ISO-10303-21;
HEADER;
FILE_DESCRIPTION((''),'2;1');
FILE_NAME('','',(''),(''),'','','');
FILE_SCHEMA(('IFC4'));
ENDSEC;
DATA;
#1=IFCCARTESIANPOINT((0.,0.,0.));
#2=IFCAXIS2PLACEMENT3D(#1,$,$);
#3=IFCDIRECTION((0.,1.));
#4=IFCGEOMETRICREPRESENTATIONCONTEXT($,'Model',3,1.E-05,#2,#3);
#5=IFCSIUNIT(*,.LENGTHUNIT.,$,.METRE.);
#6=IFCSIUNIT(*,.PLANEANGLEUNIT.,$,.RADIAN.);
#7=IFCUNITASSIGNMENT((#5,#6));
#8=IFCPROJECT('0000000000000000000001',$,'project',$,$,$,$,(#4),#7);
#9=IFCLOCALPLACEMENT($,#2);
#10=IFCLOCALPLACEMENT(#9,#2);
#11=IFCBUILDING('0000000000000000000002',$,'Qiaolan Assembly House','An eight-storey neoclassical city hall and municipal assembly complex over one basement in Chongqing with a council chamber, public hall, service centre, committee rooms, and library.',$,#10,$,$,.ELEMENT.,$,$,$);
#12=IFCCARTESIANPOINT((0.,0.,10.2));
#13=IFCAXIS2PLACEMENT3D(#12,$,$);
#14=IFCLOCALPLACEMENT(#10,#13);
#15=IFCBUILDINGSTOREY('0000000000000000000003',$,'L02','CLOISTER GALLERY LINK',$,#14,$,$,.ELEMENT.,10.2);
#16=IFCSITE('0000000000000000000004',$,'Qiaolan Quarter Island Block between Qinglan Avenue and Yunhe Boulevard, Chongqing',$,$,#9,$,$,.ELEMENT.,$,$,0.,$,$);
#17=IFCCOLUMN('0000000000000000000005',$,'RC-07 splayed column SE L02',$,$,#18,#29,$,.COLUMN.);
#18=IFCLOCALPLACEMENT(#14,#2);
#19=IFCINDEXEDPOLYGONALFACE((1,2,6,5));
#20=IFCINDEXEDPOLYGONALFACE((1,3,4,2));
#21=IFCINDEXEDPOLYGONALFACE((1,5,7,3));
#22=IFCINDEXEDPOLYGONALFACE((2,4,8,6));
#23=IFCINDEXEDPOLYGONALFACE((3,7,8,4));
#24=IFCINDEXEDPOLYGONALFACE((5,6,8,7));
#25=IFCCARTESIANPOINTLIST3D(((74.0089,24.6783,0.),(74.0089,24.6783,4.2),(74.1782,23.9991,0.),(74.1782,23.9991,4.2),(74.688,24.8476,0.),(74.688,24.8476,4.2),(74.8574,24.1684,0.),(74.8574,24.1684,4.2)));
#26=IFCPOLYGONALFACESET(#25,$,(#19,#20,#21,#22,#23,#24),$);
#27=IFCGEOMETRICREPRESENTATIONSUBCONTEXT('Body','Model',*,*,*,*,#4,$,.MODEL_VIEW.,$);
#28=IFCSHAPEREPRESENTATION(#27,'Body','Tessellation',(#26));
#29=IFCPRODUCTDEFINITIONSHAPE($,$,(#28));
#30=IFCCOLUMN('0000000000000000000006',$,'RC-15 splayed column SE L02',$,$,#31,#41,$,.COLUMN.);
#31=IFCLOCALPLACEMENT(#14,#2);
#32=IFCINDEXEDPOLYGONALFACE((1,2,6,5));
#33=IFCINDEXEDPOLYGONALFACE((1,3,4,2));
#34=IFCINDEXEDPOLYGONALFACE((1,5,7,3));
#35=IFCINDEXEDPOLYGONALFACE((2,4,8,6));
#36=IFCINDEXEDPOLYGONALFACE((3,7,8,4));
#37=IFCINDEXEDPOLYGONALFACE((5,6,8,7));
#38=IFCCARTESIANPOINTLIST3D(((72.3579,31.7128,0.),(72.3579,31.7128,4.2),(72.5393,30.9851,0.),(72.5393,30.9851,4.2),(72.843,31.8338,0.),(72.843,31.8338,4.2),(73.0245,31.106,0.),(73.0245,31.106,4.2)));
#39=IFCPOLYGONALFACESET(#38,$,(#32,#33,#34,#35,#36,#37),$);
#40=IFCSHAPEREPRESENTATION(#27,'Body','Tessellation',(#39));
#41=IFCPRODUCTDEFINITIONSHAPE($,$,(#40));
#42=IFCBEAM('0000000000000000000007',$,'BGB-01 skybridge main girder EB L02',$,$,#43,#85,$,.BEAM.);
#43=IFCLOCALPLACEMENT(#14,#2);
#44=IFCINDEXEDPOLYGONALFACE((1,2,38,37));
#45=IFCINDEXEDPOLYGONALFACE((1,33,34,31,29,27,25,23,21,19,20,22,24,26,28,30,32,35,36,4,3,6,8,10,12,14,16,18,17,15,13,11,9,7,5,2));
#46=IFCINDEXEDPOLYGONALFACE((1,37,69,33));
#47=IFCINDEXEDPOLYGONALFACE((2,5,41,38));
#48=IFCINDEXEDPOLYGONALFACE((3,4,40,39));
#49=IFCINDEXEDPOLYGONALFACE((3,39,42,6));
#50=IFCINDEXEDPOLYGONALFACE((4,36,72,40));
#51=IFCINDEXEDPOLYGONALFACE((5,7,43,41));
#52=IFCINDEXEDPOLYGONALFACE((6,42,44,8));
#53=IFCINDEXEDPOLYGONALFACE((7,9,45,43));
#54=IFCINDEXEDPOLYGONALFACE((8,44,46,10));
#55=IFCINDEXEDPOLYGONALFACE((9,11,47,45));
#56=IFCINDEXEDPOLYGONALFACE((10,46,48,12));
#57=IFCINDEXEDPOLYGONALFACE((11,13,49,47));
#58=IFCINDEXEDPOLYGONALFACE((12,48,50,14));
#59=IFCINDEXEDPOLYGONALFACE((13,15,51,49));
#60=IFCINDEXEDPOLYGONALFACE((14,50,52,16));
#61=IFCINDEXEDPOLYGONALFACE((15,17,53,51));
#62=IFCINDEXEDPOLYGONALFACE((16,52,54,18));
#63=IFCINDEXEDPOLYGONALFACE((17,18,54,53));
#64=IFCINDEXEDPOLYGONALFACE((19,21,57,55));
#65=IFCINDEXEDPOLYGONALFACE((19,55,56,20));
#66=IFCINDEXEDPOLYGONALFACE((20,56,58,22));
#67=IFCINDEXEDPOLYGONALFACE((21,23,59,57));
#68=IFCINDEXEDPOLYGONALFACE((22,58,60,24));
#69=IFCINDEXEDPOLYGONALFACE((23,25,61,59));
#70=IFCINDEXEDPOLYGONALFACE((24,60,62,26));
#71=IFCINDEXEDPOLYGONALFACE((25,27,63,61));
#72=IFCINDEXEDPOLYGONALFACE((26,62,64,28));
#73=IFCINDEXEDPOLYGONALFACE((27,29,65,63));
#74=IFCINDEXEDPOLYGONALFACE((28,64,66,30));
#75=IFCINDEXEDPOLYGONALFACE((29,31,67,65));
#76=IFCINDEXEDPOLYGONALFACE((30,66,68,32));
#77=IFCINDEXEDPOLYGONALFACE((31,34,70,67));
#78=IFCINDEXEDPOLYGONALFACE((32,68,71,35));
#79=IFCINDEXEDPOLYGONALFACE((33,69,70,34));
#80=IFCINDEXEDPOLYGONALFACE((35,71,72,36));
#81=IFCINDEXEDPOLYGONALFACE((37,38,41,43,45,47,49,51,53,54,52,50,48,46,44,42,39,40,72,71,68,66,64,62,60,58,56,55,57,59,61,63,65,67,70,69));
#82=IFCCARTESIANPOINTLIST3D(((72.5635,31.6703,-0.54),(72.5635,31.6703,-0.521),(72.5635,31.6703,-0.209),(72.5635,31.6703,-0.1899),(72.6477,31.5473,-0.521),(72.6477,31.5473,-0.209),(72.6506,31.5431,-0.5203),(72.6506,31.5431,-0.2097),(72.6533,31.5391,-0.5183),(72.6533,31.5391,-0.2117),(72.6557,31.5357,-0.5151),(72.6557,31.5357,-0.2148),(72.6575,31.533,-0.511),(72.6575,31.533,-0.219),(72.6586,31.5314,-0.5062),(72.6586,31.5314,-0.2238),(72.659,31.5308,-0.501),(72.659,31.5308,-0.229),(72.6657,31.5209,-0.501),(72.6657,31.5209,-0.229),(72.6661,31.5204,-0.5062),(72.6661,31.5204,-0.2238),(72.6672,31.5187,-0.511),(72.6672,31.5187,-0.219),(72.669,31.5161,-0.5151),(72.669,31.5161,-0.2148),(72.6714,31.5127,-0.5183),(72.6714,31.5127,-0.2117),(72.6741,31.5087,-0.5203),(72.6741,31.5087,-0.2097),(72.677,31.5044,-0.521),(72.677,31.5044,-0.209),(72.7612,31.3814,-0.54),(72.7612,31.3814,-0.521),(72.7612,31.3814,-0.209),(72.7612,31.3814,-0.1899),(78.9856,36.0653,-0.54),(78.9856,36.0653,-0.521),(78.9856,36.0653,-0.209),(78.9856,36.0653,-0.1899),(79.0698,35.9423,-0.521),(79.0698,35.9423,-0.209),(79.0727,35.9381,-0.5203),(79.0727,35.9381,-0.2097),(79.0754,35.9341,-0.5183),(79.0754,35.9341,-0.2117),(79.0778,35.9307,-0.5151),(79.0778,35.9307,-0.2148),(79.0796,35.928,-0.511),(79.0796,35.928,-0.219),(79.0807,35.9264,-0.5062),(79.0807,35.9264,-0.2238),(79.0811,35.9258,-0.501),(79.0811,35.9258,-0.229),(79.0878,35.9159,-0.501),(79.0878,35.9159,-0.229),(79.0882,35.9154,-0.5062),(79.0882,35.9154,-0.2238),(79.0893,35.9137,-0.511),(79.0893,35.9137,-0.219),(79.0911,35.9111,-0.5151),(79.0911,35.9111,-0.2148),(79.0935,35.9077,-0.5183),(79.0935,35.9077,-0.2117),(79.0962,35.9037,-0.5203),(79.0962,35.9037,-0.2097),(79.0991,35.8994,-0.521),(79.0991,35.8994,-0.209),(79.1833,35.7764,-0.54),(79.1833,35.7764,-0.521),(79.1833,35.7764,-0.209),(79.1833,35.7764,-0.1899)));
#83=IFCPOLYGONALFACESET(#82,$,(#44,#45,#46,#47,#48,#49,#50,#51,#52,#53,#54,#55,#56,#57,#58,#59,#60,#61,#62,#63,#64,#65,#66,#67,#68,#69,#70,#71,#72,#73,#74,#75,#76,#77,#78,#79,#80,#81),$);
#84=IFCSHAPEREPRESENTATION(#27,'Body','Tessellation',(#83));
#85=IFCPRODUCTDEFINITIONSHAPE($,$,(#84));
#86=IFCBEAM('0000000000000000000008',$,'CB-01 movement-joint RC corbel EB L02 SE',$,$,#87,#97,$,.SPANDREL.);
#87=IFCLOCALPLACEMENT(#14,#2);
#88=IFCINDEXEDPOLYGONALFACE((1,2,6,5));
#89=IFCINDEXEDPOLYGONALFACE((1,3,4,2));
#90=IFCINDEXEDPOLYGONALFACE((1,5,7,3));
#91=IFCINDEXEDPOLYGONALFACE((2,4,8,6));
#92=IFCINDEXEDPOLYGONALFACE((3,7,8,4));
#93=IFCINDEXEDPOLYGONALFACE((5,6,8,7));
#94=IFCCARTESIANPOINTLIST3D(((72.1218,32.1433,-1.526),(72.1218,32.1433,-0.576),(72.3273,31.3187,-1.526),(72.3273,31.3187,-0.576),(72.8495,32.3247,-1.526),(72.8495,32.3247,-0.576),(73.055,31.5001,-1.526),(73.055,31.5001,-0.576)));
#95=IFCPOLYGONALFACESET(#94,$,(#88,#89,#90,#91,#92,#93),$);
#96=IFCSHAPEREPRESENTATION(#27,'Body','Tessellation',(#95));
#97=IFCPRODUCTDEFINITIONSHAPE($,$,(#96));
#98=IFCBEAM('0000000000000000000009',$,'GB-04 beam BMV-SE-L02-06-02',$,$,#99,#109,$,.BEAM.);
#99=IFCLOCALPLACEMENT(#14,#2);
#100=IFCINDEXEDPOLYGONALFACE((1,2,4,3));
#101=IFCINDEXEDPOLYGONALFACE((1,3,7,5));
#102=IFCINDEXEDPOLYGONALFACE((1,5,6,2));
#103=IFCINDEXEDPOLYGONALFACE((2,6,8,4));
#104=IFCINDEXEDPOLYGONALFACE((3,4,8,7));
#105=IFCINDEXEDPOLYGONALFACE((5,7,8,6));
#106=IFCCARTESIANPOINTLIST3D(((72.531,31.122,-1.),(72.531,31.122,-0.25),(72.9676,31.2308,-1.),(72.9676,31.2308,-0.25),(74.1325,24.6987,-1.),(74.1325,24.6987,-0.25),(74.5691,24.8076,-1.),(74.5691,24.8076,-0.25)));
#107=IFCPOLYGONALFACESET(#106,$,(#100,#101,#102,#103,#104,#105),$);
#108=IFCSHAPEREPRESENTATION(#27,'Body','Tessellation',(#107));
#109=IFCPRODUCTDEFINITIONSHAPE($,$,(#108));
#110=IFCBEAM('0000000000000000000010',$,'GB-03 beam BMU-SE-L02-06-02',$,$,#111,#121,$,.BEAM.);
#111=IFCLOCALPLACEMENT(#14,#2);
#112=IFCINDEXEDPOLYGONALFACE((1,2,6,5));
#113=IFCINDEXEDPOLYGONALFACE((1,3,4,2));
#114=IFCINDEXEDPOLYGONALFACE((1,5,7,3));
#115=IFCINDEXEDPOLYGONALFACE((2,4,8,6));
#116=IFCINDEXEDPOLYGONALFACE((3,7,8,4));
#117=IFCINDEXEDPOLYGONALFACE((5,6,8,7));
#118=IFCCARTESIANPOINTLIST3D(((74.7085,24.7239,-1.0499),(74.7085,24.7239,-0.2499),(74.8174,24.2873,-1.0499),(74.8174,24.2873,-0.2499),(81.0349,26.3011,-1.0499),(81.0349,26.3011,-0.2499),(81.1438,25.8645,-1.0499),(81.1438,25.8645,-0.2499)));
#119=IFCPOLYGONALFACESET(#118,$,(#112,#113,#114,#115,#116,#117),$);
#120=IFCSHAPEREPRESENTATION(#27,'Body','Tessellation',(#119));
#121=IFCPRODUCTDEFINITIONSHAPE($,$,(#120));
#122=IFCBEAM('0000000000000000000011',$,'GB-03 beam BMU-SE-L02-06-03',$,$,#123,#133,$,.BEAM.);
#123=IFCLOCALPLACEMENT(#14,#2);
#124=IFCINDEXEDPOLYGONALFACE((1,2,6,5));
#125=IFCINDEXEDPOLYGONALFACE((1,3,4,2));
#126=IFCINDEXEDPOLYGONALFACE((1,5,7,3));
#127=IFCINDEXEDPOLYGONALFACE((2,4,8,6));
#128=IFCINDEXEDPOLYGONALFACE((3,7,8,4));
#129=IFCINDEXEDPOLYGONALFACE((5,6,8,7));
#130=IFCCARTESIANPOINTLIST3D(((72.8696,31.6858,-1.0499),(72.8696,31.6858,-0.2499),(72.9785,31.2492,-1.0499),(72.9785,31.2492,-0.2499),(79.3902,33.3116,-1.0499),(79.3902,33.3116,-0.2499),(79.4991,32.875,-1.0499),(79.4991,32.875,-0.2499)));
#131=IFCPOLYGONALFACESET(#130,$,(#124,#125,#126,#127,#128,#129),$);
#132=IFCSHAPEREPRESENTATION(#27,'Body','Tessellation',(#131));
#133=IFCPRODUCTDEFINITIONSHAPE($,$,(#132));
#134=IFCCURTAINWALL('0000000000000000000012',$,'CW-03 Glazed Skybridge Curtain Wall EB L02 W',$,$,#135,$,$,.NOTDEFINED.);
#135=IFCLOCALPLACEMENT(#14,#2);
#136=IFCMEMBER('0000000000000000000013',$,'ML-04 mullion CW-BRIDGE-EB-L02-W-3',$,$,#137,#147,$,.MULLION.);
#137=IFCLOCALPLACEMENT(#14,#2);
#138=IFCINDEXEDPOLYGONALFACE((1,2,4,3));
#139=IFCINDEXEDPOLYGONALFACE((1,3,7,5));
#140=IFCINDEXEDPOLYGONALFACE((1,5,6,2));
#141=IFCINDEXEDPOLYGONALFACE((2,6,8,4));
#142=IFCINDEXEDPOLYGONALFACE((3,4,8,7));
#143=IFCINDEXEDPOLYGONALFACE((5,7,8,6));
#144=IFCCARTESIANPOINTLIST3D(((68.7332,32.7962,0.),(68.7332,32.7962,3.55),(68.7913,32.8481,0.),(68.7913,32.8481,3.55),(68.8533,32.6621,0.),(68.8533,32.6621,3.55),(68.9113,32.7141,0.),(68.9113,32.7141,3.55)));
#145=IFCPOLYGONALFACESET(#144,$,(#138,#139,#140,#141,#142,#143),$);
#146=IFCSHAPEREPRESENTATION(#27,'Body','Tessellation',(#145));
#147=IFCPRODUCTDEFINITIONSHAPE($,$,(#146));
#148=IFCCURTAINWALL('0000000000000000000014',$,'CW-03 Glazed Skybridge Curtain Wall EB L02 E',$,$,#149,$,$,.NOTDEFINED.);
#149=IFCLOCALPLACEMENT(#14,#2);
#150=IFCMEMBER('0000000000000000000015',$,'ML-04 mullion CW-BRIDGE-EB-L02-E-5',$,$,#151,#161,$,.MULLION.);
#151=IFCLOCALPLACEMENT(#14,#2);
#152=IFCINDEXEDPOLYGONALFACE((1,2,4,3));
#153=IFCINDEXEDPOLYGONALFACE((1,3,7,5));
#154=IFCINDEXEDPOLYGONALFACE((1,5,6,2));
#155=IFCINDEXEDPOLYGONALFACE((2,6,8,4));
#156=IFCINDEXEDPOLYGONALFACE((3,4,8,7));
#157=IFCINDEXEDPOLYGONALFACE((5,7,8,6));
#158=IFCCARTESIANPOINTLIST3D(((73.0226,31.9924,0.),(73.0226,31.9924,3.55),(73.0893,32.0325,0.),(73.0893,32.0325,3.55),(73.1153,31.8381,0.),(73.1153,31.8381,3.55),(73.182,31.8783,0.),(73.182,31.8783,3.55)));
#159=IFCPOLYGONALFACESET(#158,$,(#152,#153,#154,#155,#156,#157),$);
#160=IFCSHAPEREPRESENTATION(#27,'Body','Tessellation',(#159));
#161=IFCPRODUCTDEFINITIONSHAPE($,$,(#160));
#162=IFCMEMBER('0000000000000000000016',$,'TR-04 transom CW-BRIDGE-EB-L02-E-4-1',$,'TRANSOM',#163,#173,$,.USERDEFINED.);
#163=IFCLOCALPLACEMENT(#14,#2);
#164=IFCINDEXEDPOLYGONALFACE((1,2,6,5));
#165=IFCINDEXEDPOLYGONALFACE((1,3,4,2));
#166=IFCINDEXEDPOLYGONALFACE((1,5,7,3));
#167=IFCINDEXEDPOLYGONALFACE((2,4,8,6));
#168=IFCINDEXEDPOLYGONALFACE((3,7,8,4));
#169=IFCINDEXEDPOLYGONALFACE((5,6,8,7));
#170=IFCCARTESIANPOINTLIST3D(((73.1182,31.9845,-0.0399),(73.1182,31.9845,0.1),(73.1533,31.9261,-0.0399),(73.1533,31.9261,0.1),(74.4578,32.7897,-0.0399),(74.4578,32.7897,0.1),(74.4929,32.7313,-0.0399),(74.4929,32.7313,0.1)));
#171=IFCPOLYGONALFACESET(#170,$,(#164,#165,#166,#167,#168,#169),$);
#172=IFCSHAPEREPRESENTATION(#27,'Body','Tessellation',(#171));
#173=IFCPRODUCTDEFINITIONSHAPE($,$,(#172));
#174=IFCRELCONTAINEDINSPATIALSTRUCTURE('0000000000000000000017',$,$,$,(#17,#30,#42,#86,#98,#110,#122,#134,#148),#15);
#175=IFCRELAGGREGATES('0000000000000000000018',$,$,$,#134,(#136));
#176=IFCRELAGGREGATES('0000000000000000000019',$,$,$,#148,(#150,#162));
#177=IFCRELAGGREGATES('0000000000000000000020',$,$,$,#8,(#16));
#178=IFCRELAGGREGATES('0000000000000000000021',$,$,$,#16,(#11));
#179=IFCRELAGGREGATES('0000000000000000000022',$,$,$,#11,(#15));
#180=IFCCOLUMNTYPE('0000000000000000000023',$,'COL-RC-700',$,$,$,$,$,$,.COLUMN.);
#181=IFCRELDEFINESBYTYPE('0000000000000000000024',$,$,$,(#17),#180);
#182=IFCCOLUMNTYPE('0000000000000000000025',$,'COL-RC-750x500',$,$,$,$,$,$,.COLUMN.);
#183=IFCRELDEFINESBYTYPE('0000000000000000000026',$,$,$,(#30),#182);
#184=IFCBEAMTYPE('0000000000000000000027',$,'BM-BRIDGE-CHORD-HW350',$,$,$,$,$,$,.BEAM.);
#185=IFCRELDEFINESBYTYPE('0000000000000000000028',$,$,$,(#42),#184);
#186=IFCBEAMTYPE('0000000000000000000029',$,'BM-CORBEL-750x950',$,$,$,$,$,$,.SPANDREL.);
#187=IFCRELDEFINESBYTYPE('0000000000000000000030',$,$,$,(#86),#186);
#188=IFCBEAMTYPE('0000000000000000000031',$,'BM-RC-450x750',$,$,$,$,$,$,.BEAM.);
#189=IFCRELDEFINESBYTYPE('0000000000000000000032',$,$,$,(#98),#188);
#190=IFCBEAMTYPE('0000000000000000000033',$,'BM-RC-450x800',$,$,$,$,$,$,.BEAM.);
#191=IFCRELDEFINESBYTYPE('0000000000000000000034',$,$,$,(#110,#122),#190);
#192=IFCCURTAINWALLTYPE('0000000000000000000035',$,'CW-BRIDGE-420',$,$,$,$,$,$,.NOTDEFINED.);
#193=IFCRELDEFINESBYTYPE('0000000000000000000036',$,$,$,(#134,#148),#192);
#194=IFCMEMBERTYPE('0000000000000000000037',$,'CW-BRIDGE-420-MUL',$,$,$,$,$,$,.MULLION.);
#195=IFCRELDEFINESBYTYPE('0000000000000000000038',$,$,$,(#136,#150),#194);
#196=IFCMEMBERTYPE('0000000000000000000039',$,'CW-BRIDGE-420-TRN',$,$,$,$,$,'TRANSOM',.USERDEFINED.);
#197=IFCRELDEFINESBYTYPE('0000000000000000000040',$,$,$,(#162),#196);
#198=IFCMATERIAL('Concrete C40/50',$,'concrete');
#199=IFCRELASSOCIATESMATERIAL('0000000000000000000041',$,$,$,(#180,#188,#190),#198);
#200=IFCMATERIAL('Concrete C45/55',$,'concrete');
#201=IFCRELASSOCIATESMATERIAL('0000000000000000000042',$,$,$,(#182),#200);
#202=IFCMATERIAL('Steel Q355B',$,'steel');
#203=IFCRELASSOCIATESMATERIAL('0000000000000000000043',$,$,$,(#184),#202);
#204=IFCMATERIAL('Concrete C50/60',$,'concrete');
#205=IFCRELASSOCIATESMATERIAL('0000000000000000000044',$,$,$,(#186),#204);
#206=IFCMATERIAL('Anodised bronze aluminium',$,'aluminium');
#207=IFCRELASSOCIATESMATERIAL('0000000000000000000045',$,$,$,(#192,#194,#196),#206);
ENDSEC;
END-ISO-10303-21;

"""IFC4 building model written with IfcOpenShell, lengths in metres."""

from ifc_helpers import new_model, si_unit, direction, frame, origin, origin_2d, place, context, subcontext, project, spatial, rectangle, i_section, extrude, material, material_profile, profile_set, type_object, element, aggregate, save


model = new_model("IFC4")

# Units and contexts
model_context = context("Model", 3, precision=1e-05, world=origin(), true_north=direction((0.0, 1.0)))
body_context = subcontext(model_context, "Body", "Model", "MODEL_VIEW")
ifc_project = project(units=[si_unit("LENGTHUNIT", "METRE"), si_unit("PLANEANGLEUNIT", "RADIAN")], contexts=[model_context])

# Site, building, storey
site_placement = place(None, origin())
site = spatial("IfcSite", under=ifc_project, at=site_placement, Name="Qiaolan Quarter Island Block between Qinglan Avenue and Yunhe Boulevard, Chongqing", CompositionType="ELEMENT", RefElevation=0.0)
building_placement = place(site_placement, origin())
building = spatial("IfcBuilding", under=site, at=building_placement, Name="Qiaolan Assembly House", Description="An eight-storey neoclassical city hall and municipal assembly complex over one basement in Chongqing with a council chamber, public hall, service centre, committee rooms, and library.", CompositionType="ELEMENT")
storey_placement = place(building_placement, frame((0.0, 0.0, 10.2)))
storey = spatial("IfcBuildingStorey", under=building, at=storey_placement, Name="L02", Description="CLOISTER GALLERY LINK", CompositionType="ELEMENT", Elevation=10.2)

# Columns
ifc_material_1 = material(Name="Concrete C40/50", Category="concrete")
ifc_material_profile_1 = material_profile(ifc_material_1, rectangle(XDim=0.7, YDim=0.7, at=origin_2d()), Name="RC 700x700")
ifc_profile_set_1 = profile_set([ifc_material_profile_1], Name="Concrete C40/50")
column_type_1 = type_object("IfcColumnType", Name="COL-RC-700", PredefinedType="COLUMN", material=ifc_profile_set_1)
column_1_placement = place(storey_placement, frame((74.4331, 24.4233, 0.0), z_axis=(0.0, 0.0, 1.0), x_axis=(0.970296, 0.241922, 0.0)))
element("IfcColumn", 1, at=column_1_placement, inside=storey, type_object=column_type_1, Name="RC-07 splayed column SE L02", PredefinedType="COLUMN", context=body_context, shape_type="SweptSolid", body=[
    extrude(rectangle(XDim=0.7, YDim=0.7, at=origin_2d()), origin(), (0.0, 0.0, 1.0), 4.2),
])
ifc_material_2 = material(Name="Concrete C45/55", Category="concrete")
ifc_material_profile_2 = material_profile(ifc_material_2, rectangle(XDim=0.5, YDim=0.75, at=origin_2d()), Name="RC 750x500")
ifc_profile_set_2 = profile_set([ifc_material_profile_2], Name="Concrete C45/55")
column_type_2 = type_object("IfcColumnType", Name="COL-RC-750x500", PredefinedType="COLUMN", material=ifc_profile_set_2)
column_2_placement = place(storey_placement, frame((72.6912, 31.4094, 0.0), z_axis=(0.0, 0.0, 1.0), x_axis=(0.970296, 0.241922, 0.0)))
element("IfcColumn", 2, at=column_2_placement, inside=storey, type_object=column_type_2, Name="RC-15 splayed column SE L02", PredefinedType="COLUMN", context=body_context, shape_type="SweptSolid", body=[
    extrude(rectangle(XDim=0.5, YDim=0.75, at=origin_2d()), origin(), (0.0, 0.0, 1.0), 4.2),
])

# Beams
ifc_material_3 = material(Name="Steel Q355B", Category="steel")
ifc_material_profile_3 = material_profile(ifc_material_3, i_section(OverallWidth=0.3501, OverallDepth=0.3501, WebThickness=0.012, FlangeThickness=0.019, FilletRadius=0.02, at=origin_2d()), Name="HW 350x350x12x19-BR")
ifc_profile_set_3 = profile_set([ifc_material_profile_3], Name="Steel Q355B")
beam_type_1 = type_object("IfcBeamType", Name="BM-BRIDGE-CHORD-HW350", PredefinedType="BEAM", material=ifc_profile_set_3)
beam_1_placement = place(storey_placement, frame((72.6624, 31.5259, -0.365), z_axis=(0.825251, 0.564766, 0.0), x_axis=(-0.564766, 0.825251, 0.0)))
element("IfcBeam", 3, at=beam_1_placement, inside=storey, type_object=beam_type_1, Name="BGB-01 skybridge main girder EB L02", PredefinedType="BEAM", context=body_context, shape_type="SweptSolid", body=[
    extrude(i_section(OverallWidth=0.3501, OverallDepth=0.3501, WebThickness=0.012, FlangeThickness=0.019, FilletRadius=0.02, at=origin_2d()), origin(), (0.0, 0.0, 1.0), 7.782),
])
ifc_material_4 = material(Name="Concrete C50/60", Category="concrete")
ifc_material_profile_4 = material_profile(ifc_material_4, rectangle(XDim=0.75, YDim=0.95, at=origin_2d()), Name="RCB 750x950")
ifc_profile_set_4 = profile_set([ifc_material_profile_4], Name="Concrete C50/60")
beam_type_2 = type_object("IfcBeamType", Name="BM-CORBEL-750x950", PredefinedType="SPANDREL", material=ifc_profile_set_4)
beam_2_placement = place(storey_placement, frame((72.6912, 31.4094, -1.051), z_axis=(-0.24186, 0.970311, 0.0), x_axis=(-0.970311, -0.24186, 0.0)))
element("IfcBeam", 4, at=beam_2_placement, inside=storey, type_object=beam_type_2, Name="CB-01 movement-joint RC corbel EB L02 SE", PredefinedType="SPANDREL", context=body_context, shape_type="SweptSolid", body=[
    extrude(rectangle(XDim=0.75, YDim=0.95, at=origin_2d()), origin(), (0.0, 0.0, 1.0), 0.8499),
])
ifc_material_profile_5 = material_profile(ifc_material_1, rectangle(XDim=0.45, YDim=0.75, at=origin_2d()), Name="RCB 450x750")
ifc_profile_set_5 = profile_set([ifc_material_profile_5], Name="Concrete C40/50")
beam_type_3 = type_object("IfcBeamType", Name="BM-RC-450x750", PredefinedType="BEAM", material=ifc_profile_set_5)
beam_3_placement = place(storey_placement, frame((74.3508, 24.7532, -0.625), z_axis=(-0.241928, 0.970294, 0.0), x_axis=(-0.970294, -0.241928, 0.0)))
element("IfcBeam", 5, at=beam_3_placement, inside=storey, type_object=beam_type_3, Name="GB-04 beam BMV-SE-L02-06-02", PredefinedType="BEAM", context=body_context, shape_type="SweptSolid", body=[
    extrude(rectangle(XDim=0.45, YDim=0.75, at=origin_2d()), origin(), (0.0, 0.0, 1.0), 6.6199),
])
ifc_material_profile_6 = material_profile(ifc_material_1, rectangle(XDim=0.45, YDim=0.8, at=origin_2d()), Name="RCB 450x800")
ifc_profile_set_6 = profile_set([ifc_material_profile_6], Name="Concrete C40/50")
beam_type_4 = type_object("IfcBeamType", Name="BM-RC-450x800", PredefinedType="BEAM", material=ifc_profile_set_6)
beam_4_placement = place(storey_placement, frame((74.7629, 24.5056, -0.6499), z_axis=(0.970303, 0.241892, 0.0), x_axis=(-0.241892, 0.970303, 0.0)))
element("IfcBeam", 6, at=beam_4_placement, inside=storey, type_object=beam_type_4, Name="GB-03 beam BMU-SE-L02-06-02", PredefinedType="BEAM", context=body_context, shape_type="SweptSolid", body=[
    extrude(rectangle(XDim=0.45, YDim=0.8, at=origin_2d()), origin(), (0.0, 0.0, 1.0), 6.52),
])
beam_5_placement = place(storey_placement, frame((72.9241, 31.4675, -0.6499), z_axis=(0.970296, 0.24192, 0.0), x_axis=(-0.24192, 0.970296, 0.0)))
element("IfcBeam", 7, at=beam_5_placement, inside=storey, type_object=beam_type_4, Name="GB-03 beam BMU-SE-L02-06-03", PredefinedType="BEAM", context=body_context, shape_type="SweptSolid", body=[
    extrude(rectangle(XDim=0.45, YDim=0.8, at=origin_2d()), origin(), (0.0, 0.0, 1.0), 6.7202),
])

# Curtain wall, member
ifc_material_5 = material(Name="Anodised bronze aluminium", Category="aluminium")
curtain_wall_type = type_object("IfcCurtainWallType", Name="CW-BRIDGE-420", PredefinedType="NOTDEFINED", material=ifc_material_5)
curtain_wall_1_placement = place(storey_placement, origin())
curtain_wall_1 = element("IfcCurtainWall", 8, at=curtain_wall_1_placement, inside=storey, type_object=curtain_wall_type, Name="CW-03 Glazed Skybridge Curtain Wall EB L02 W", PredefinedType="NOTDEFINED")
ifc_material_profile_7 = material_profile(ifc_material_5, rectangle(XDim=0.0779, YDim=0.1799, at=origin_2d()), Name="MUL 78x180")
ifc_profile_set_7 = profile_set([ifc_material_profile_7], Name="Anodised bronze aluminium")
member_type_1 = type_object("IfcMemberType", Name="CW-BRIDGE-420-MUL", PredefinedType="MULLION", material=ifc_profile_set_7)
member_1_placement = place(storey_placement, frame((68.8223, 32.7551, 0.0), z_axis=(0.0, 0.0, 1.0), x_axis=(0.745038, 0.667022, 0.0)))
member_1 = element("IfcMember", 9, at=member_1_placement, type_object=member_type_1, Name="ML-04 mullion CW-BRIDGE-EB-L02-W-3", PredefinedType="MULLION", context=body_context, shape_type="SweptSolid", body=[
    extrude(rectangle(XDim=0.0779, YDim=0.1799, at=origin_2d()), origin(), (0.0, 0.0, 1.0), 3.55),
])

# Curtain wall, members
curtain_wall_2_placement = place(storey_placement, origin())
curtain_wall_2 = element("IfcCurtainWall", 10, at=curtain_wall_2_placement, inside=storey, type_object=curtain_wall_type, Name="CW-03 Glazed Skybridge Curtain Wall EB L02 E", PredefinedType="NOTDEFINED")
member_2_placement = place(storey_placement, frame((73.1023, 31.9353, 0.0), z_axis=(0.0, 0.0, 1.0), x_axis=(-0.85712, -0.515117, 0.0)))
member_2 = element("IfcMember", 11, at=member_2_placement, type_object=member_type_1, Name="ML-04 mullion CW-BRIDGE-EB-L02-E-5", PredefinedType="MULLION", context=body_context, shape_type="SweptSolid", body=[
    extrude(rectangle(XDim=0.0779, YDim=0.1799, at=origin_2d()), origin(), (0.0, 0.0, 1.0), 3.55),
])
ifc_material_profile_8 = material_profile(ifc_material_5, rectangle(XDim=0.0681, YDim=0.1399, at=origin_2d()), Name="TRN 68x140")
ifc_profile_set_8 = profile_set([ifc_material_profile_8], Name="Anodised bronze aluminium")
member_type_2 = type_object("IfcMemberType", Name="CW-BRIDGE-420-TRN", ElementType="TRANSOM", PredefinedType="USERDEFINED", material=ifc_profile_set_8)
member_3_placement = place(storey_placement, frame((74.4753, 32.7605, 0.03), z_axis=(-0.857093, -0.515162, 0.0), x_axis=(0.515162, -0.857093, 0.0)))
member_3 = element("IfcMember", 12, at=member_3_placement, type_object=member_type_2, Name="TR-04 transom CW-BRIDGE-EB-L02-E-4-1", ObjectType="TRANSOM", PredefinedType="USERDEFINED", context=body_context, shape_type="SweptSolid", body=[
    extrude(rectangle(XDim=0.0681, YDim=0.1399, at=origin_2d()), origin(), (0.0, 0.0, 1.0), 1.563),
])

aggregate(curtain_wall_1, [member_1])
aggregate(curtain_wall_2, [member_2, member_3])

save(model, "model.ifc")
